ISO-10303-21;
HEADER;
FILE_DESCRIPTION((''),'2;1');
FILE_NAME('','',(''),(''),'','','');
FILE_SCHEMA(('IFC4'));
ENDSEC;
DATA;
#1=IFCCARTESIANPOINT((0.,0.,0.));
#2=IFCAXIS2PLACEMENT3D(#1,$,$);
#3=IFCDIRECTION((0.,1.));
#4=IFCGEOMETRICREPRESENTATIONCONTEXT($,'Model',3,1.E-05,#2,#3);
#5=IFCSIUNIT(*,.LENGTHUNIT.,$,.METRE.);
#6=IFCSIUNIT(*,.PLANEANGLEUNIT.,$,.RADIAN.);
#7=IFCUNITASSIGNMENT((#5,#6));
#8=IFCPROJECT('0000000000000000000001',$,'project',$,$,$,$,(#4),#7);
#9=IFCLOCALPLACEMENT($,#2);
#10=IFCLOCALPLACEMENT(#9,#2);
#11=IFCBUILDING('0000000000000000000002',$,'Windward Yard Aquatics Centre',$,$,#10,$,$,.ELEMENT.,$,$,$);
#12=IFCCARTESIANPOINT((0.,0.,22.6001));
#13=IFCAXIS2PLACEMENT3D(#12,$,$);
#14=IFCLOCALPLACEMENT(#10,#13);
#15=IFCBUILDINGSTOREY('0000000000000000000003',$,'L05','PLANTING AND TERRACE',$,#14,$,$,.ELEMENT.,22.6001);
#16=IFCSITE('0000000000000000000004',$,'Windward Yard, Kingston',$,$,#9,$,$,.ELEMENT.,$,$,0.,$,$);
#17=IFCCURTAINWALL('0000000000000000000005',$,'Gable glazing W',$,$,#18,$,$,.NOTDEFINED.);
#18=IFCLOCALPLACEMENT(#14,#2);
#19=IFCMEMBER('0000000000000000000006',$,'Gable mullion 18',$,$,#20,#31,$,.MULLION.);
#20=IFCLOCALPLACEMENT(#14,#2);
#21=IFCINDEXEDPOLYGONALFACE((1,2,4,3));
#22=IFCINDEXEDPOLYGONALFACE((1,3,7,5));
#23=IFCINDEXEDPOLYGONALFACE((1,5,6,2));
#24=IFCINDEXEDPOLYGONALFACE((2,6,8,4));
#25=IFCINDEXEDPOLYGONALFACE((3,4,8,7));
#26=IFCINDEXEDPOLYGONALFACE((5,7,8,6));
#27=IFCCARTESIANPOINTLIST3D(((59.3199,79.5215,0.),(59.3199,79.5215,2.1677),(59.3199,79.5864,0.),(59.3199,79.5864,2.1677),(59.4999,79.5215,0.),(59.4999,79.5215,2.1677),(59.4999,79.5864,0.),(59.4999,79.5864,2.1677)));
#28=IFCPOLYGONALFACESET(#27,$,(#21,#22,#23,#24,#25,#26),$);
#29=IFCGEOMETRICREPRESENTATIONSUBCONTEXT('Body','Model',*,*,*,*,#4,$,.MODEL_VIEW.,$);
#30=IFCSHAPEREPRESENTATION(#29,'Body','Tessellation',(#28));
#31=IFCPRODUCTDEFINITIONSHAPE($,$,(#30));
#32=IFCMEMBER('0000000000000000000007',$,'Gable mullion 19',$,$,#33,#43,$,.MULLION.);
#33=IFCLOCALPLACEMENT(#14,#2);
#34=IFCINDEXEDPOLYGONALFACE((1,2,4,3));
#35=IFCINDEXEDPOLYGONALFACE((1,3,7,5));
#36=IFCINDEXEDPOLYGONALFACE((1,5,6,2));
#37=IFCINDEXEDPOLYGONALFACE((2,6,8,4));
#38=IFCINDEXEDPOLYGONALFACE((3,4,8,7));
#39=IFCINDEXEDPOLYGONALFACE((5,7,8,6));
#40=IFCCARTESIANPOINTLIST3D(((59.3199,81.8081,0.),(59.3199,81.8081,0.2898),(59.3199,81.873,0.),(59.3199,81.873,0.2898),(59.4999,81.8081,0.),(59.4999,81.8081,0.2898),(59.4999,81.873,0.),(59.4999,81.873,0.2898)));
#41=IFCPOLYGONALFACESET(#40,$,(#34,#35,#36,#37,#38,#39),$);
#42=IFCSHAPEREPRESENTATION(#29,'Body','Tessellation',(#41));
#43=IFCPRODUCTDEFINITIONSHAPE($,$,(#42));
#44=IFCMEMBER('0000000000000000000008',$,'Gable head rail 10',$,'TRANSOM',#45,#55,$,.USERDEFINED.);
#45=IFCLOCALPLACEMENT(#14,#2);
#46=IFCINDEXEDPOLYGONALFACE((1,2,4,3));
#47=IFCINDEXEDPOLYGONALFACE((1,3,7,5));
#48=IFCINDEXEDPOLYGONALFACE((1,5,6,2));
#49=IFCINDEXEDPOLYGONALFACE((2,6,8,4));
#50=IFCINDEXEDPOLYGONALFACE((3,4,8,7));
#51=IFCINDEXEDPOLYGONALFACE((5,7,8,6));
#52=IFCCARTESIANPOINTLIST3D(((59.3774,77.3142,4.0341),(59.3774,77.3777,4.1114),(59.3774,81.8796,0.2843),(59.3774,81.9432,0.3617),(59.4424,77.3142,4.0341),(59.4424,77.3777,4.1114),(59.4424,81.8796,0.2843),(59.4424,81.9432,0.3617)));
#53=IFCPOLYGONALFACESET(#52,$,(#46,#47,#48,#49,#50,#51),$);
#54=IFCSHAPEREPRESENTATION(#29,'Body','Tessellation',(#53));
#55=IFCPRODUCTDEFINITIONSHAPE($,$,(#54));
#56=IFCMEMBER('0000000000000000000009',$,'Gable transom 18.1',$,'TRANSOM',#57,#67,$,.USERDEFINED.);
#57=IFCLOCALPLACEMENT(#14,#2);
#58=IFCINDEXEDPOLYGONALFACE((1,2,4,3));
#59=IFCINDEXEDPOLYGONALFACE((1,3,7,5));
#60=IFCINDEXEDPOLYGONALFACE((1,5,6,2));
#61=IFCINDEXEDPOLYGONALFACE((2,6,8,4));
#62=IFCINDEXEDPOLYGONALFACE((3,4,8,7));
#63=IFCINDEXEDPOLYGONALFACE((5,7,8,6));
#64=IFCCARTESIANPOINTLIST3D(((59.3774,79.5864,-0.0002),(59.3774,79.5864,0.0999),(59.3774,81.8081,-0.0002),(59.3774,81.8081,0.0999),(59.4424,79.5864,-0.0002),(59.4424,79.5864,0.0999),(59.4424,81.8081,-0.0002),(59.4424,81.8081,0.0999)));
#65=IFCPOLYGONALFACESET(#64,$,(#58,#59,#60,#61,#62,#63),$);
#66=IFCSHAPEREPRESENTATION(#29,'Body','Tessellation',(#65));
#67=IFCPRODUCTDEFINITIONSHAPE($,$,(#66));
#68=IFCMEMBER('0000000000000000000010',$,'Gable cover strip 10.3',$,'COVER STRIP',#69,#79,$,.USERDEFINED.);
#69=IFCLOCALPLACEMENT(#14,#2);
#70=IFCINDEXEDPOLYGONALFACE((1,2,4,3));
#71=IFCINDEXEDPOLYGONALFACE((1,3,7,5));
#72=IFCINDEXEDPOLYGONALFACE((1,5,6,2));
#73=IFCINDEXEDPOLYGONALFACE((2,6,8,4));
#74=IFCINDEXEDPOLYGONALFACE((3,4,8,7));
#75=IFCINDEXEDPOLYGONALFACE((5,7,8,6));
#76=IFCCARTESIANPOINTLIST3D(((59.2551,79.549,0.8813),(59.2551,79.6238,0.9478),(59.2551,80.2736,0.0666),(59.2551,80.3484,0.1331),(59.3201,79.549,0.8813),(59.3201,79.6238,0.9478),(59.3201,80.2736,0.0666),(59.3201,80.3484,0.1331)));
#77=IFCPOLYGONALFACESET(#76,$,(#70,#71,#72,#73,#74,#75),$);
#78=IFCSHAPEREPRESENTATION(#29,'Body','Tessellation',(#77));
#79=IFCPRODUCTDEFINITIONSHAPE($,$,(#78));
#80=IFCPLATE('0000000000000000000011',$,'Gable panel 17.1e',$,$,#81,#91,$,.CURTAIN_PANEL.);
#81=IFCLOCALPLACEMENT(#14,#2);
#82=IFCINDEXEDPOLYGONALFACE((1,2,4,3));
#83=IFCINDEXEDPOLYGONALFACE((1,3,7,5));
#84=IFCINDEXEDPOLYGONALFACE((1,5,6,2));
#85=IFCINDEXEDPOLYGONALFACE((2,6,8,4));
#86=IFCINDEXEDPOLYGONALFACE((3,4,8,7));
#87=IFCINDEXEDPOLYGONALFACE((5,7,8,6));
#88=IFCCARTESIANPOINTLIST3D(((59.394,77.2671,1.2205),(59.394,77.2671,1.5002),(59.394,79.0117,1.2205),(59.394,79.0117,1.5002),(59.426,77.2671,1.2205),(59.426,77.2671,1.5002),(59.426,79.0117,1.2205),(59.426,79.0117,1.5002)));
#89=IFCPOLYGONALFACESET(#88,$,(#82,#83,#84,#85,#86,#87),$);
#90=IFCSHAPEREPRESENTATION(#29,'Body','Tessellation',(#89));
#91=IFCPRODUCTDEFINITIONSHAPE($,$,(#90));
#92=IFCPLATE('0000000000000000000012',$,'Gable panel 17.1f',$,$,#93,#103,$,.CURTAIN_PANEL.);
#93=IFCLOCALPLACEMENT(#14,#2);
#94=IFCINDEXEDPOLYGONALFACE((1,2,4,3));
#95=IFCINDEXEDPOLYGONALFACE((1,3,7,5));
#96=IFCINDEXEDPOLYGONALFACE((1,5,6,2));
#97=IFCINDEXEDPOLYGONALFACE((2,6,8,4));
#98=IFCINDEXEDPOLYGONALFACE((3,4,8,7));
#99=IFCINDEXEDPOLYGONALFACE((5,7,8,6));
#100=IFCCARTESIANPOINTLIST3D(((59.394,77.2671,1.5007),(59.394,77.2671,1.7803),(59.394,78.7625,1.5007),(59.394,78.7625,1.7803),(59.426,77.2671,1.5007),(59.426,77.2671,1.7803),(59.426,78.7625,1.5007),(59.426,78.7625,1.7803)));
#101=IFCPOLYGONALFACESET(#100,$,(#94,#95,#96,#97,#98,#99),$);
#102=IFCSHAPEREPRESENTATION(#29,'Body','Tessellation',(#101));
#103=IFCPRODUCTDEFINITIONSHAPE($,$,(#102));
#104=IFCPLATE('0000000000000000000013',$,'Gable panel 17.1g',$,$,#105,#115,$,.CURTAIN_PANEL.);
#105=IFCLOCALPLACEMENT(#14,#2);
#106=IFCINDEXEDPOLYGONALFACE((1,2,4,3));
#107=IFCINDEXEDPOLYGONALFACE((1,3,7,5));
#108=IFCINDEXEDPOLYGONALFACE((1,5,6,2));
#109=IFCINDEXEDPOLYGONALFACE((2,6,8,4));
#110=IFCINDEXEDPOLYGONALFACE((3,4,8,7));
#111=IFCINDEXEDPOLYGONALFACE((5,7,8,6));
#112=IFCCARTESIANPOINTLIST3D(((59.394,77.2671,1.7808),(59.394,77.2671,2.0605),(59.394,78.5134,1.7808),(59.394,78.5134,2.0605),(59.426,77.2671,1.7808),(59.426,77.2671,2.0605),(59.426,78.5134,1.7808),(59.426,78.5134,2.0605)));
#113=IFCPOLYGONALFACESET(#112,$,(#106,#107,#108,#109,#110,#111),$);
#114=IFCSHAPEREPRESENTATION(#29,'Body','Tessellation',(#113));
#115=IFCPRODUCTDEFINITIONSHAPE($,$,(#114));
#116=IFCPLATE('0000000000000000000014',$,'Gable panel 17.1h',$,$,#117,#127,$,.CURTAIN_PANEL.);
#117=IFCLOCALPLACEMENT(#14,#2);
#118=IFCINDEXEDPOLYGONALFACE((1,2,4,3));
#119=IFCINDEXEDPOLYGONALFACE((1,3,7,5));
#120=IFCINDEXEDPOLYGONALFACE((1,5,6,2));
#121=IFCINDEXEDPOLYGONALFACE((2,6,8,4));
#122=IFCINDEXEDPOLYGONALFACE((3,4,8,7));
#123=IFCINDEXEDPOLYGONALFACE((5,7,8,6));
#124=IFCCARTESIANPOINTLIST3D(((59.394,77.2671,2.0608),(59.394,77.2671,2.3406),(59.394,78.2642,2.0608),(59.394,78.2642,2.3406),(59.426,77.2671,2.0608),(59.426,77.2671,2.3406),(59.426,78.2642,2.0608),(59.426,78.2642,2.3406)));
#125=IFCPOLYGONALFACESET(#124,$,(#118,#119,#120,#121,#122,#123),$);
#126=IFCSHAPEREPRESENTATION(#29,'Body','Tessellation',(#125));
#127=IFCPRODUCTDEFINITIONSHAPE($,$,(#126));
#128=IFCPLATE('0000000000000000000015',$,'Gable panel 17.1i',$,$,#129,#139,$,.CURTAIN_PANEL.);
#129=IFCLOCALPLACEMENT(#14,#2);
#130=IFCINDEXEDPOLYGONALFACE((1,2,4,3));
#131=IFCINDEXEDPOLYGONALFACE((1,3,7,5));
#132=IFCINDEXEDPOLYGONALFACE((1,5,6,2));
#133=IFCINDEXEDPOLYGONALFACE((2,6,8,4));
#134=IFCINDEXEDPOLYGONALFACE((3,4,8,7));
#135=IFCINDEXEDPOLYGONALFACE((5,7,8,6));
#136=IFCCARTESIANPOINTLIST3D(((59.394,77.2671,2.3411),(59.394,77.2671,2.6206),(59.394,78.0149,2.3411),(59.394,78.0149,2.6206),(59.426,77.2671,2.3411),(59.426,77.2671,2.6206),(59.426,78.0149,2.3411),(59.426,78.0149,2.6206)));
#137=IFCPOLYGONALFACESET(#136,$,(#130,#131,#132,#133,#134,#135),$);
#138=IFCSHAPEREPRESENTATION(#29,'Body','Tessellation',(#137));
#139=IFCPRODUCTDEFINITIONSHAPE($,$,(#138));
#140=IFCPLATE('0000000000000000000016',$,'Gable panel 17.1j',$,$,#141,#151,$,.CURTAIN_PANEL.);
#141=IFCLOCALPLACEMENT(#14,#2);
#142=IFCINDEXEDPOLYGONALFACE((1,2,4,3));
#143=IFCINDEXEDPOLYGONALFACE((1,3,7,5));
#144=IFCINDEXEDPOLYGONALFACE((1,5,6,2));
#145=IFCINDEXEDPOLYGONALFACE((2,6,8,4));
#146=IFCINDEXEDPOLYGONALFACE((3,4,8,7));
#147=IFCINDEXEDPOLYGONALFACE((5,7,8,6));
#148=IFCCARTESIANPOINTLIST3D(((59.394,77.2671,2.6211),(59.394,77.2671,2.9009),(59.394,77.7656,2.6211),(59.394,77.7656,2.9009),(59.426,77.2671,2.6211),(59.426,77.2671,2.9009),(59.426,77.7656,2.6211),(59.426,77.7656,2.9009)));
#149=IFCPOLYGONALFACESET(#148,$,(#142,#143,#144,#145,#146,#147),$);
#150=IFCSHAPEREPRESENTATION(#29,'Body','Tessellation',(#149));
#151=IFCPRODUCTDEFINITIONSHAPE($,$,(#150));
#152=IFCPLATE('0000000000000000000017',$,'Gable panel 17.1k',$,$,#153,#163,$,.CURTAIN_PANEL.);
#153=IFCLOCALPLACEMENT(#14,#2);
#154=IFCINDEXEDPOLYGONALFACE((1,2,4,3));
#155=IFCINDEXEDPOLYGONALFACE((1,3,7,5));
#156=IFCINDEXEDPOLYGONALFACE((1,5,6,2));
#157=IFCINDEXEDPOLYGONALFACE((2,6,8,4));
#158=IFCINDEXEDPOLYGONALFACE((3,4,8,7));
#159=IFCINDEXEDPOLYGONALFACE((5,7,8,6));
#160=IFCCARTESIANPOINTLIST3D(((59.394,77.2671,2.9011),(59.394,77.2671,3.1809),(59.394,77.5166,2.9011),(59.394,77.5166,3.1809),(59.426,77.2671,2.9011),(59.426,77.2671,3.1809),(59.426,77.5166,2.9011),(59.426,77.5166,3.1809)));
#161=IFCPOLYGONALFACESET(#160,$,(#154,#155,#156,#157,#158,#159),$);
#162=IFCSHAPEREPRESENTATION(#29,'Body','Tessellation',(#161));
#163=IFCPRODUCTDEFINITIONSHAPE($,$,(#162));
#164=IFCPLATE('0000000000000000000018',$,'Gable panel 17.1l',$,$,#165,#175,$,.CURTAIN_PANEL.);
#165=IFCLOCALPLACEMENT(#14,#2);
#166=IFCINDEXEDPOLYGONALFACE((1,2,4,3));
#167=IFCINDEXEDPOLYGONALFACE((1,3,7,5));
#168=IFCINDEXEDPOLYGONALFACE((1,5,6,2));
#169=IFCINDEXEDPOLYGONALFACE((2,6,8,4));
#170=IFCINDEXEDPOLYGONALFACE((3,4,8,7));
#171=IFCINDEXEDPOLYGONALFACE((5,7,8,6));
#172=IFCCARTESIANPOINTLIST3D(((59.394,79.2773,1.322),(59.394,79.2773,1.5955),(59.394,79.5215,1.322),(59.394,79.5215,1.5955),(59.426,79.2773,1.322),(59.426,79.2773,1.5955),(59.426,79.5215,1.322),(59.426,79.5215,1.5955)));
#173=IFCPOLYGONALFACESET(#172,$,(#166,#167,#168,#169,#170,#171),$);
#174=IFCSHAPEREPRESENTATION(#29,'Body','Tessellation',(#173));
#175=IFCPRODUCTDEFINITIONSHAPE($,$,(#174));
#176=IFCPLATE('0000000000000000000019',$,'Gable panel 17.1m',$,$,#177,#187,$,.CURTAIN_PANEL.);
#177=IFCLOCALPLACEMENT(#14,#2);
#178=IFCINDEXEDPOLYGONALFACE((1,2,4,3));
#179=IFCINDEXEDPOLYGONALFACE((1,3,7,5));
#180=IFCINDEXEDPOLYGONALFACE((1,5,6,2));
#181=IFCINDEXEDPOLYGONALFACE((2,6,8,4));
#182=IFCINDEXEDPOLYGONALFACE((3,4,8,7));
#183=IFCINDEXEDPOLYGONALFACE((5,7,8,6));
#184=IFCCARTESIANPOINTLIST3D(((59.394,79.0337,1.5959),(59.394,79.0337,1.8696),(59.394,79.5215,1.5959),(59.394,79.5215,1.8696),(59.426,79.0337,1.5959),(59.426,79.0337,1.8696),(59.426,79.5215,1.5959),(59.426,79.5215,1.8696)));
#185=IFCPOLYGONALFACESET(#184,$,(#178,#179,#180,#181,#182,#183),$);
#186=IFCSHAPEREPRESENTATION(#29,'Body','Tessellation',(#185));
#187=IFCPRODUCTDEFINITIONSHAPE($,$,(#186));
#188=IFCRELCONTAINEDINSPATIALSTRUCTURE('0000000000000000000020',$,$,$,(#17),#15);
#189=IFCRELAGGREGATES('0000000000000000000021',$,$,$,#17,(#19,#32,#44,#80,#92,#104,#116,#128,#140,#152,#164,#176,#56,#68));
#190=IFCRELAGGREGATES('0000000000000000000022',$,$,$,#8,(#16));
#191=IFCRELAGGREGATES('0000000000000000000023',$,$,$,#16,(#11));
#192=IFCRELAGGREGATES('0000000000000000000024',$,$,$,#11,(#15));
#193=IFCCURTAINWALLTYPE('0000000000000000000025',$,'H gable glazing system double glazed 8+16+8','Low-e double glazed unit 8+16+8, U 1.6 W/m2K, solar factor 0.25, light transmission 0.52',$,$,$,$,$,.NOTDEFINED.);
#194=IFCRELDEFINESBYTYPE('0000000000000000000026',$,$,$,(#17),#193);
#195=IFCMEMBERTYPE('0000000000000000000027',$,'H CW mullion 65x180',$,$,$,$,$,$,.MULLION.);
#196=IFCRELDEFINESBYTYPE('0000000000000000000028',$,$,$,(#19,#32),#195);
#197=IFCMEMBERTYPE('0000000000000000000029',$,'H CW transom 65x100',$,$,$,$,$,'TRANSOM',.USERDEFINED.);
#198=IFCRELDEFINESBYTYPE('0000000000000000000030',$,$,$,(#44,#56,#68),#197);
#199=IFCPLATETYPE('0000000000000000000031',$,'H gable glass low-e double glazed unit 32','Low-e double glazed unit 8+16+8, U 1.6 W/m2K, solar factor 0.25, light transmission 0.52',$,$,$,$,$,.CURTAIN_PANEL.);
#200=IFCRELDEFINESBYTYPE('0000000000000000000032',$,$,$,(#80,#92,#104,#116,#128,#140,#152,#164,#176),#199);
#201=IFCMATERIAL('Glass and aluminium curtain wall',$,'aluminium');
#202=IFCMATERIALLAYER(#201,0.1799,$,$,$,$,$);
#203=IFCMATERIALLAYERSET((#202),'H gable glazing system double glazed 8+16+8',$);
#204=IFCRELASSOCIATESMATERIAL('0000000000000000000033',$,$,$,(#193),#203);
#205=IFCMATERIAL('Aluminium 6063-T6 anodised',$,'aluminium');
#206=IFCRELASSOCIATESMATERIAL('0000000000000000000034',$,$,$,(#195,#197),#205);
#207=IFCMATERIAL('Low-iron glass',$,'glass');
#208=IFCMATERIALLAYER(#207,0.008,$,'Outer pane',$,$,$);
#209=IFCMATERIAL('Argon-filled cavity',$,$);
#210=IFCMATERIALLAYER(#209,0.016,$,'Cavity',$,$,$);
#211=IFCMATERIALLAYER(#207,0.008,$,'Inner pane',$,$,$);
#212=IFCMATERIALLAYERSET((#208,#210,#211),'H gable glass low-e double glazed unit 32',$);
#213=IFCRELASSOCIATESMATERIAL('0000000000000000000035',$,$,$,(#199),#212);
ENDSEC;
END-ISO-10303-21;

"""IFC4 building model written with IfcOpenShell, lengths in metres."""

from ifc_helpers import new_model, si_unit, direction, frame, origin, origin_2d, place, context, subcontext, project, spatial, polyline, rectangle, outline, extrude, material, layer, layer_set, material_profile, profile_set, type_object, element, aggregate, save


model = new_model("IFC4")

# Units and contexts
model_context = context("Model", 3, precision=1e-05, world=origin(), true_north=direction((0.0, 1.0)))
body_context = subcontext(model_context, "Body", "Model", "MODEL_VIEW")
ifc_project = project(units=[si_unit("LENGTHUNIT", "METRE"), si_unit("PLANEANGLEUNIT", "RADIAN")], contexts=[model_context])

# Site, building, storey
site_placement = place(None, origin())
site = spatial("IfcSite", under=ifc_project, at=site_placement, Name="Windward Yard, Kingston", CompositionType="ELEMENT", RefElevation=0.0)
building_placement = place(site_placement, origin())
building = spatial("IfcBuilding", under=site, at=building_placement, Name="Windward Yard Aquatics Centre", CompositionType="ELEMENT")
storey_placement = place(building_placement, frame((0.0, 0.0, 22.6001)))
storey = spatial("IfcBuildingStorey", under=building, at=storey_placement, Name="L05", Description="PLANTING AND TERRACE", CompositionType="ELEMENT", Elevation=22.6001)

# Curtain wall, members, plates
ifc_material_1 = material(Name="Glass and aluminium curtain wall", Category="aluminium")
ifc_layer_1 = layer(ifc_material_1, 0.1799)
ifc_layer_set_1 = layer_set([ifc_layer_1], Name="H gable glazing system double glazed 8+16+8")
curtain_wall_type = type_object("IfcCurtainWallType", Name="H gable glazing system double glazed 8+16+8", Description="Low-e double glazed unit 8+16+8, U 1.6 W/m2K, solar factor 0.25, light transmission 0.52", PredefinedType="NOTDEFINED", material=ifc_layer_set_1)
curtain_wall_placement = place(storey_placement, origin())
curtain_wall = element("IfcCurtainWall", 1, at=curtain_wall_placement, inside=storey, type_object=curtain_wall_type, Name="Gable glazing W", PredefinedType="NOTDEFINED")
ifc_material_2 = material(Name="Aluminium 6063-T6 anodised", Category="aluminium")
ifc_material_profile_1 = material_profile(ifc_material_2, rectangle(XDim=0.0649, YDim=0.1799, at=origin_2d()), Name="H CW mullion 65x180")
ifc_profile_set_1 = profile_set([ifc_material_profile_1], Name="Aluminium 6063-T6 anodised")
member_type_1 = type_object("IfcMemberType", Name="H CW mullion 65x180", PredefinedType="MULLION", material=ifc_profile_set_1)
member_1_placement = place(storey_placement, frame((59.4099, 79.554, 0.0), z_axis=(0.0, 0.0, 1.0), x_axis=(0.0, 1.0, 0.0)))
member_1 = element("IfcMember", 2, at=member_1_placement, type_object=member_type_1, Name="Gable mullion 18", PredefinedType="MULLION", context=body_context, shape_type="SweptSolid", body=[
    extrude(rectangle(XDim=0.0649, YDim=0.1799, at=origin_2d()), origin(), (0.0, 0.0, 1.0), 2.1677),
])
member_2_placement = place(storey_placement, frame((59.4099, 81.8406, 0.0), z_axis=(0.0, 0.0, 1.0), x_axis=(0.0, 1.0, 0.0)))
member_2 = element("IfcMember", 3, at=member_2_placement, type_object=member_type_1, Name="Gable mullion 19", PredefinedType="MULLION", context=body_context, shape_type="SweptSolid", body=[
    extrude(rectangle(XDim=0.0649, YDim=0.1799, at=origin_2d()), origin(), (0.0, 0.0, 1.0), 0.2898),
])
ifc_material_profile_2 = material_profile(ifc_material_2, rectangle(XDim=0.0649, YDim=0.1001, at=origin_2d()), Name="H CW transom 65x100")
ifc_profile_set_2 = profile_set([ifc_material_profile_2], Name="Aluminium 6063-T6 anodised")
member_type_2 = type_object("IfcMemberType", Name="H CW transom 65x100", ElementType="TRANSOM", PredefinedType="USERDEFINED", material=ifc_profile_set_2)
member_3_placement = place(storey_placement, frame((59.4099, 77.3459, 4.0728), z_axis=(0.0, 0.772761, -0.634697), x_axis=(-1.0, 0.0, 0.0)))
member_3 = element("IfcMember", 4, at=member_3_placement, type_object=member_type_2, Name="Gable head rail 10", ObjectType="TRANSOM", PredefinedType="USERDEFINED", context=body_context, shape_type="SweptSolid", body=[
    extrude(rectangle(XDim=0.0649, YDim=0.1001, at=origin_2d()), origin(), (0.0, 0.0, 1.0), 5.908),
])
member_4_placement = place(storey_placement, frame((59.4099, 79.5864, 0.0498), z_axis=(0.0, 1.0, 0.0), x_axis=(-1.0, 0.0, 0.0)))
member_4 = element("IfcMember", 5, at=member_4_placement, type_object=member_type_2, Name="Gable transom 18.1", ObjectType="TRANSOM", PredefinedType="USERDEFINED", context=body_context, shape_type="SweptSolid", body=[
    extrude(rectangle(XDim=0.0649, YDim=0.1001, at=origin_2d()), origin(), (0.0, 0.0, 1.0), 2.2217),
])
member_5_placement = place(storey_placement, frame((59.2876, 79.5864, 0.9146), z_axis=(0.0, 0.664586, -0.747212), x_axis=(-1.0, 0.0, 0.0)))
member_5 = element("IfcMember", 6, at=member_5_placement, type_object=member_type_2, Name="Gable cover strip 10.3", ObjectType="COVER STRIP", PredefinedType="USERDEFINED", context=body_context, shape_type="SweptSolid", body=[
    extrude(rectangle(XDim=0.0649, YDim=0.1001, at=origin_2d()), origin(), (0.0, 0.0, 1.0), 1.0903),
])
ifc_material_3 = material(Name="Low-iron glass", Category="glass")
ifc_layer_2 = layer(ifc_material_3, 0.008, Name="Outer pane")
ifc_material_4 = material(Name="Argon-filled cavity")
ifc_layer_3 = layer(ifc_material_4, 0.016, Name="Cavity")
ifc_layer_4 = layer(ifc_material_3, 0.008, Name="Inner pane")
ifc_layer_set_2 = layer_set([ifc_layer_2, ifc_layer_3, ifc_layer_4], Name="H gable glass low-e double glazed unit 32")
plate_type = type_object("IfcPlateType", Name="H gable glass low-e double glazed unit 32", Description="Low-e double glazed unit 8+16+8, U 1.6 W/m2K, solar factor 0.25, light transmission 0.52", PredefinedType="CURTAIN_PANEL", material=ifc_layer_set_2)
plate_1_placement = place(storey_placement, frame((59.426, 77.2671, 1.2205), z_axis=(1.0, 0.0, 0.0), x_axis=(0.0, 1.0, 0.0)))
plate_1 = element("IfcPlate", 7, at=plate_1_placement, type_object=plate_type, Name="Gable panel 17.1e", PredefinedType="CURTAIN_PANEL", context=body_context, shape_type="SweptSolid", body=[
    extrude(outline(polyline([(0.0, 0.0), (1.7446, 0.0), (1.7446, 0.2798), (0.0, 0.2798), (0.0, 0.0)])), origin(), (0.0, 0.0, -1.0), 0.032),
])
plate_2_placement = place(storey_placement, frame((59.426, 77.2671, 1.5007), z_axis=(1.0, 0.0, 0.0), x_axis=(0.0, 1.0, 0.0)))
plate_2 = element("IfcPlate", 8, at=plate_2_placement, type_object=plate_type, Name="Gable panel 17.1f", PredefinedType="CURTAIN_PANEL", context=body_context, shape_type="SweptSolid", body=[
    extrude(outline(polyline([(0.0, 0.0), (1.4954, 0.0), (1.4954, 0.2795), (0.0, 0.2795), (0.0, 0.0)])), origin(), (0.0, 0.0, -1.0), 0.032),
])
plate_3_placement = place(storey_placement, frame((59.426, 77.2671, 1.7808), z_axis=(1.0, 0.0, 0.0), x_axis=(0.0, 1.0, 0.0)))
plate_3 = element("IfcPlate", 9, at=plate_3_placement, type_object=plate_type, Name="Gable panel 17.1g", PredefinedType="CURTAIN_PANEL", context=body_context, shape_type="SweptSolid", body=[
    extrude(outline(polyline([(0.0, 0.0), (1.2463, 0.0), (1.2463, 0.2798), (0.0, 0.2798), (0.0, 0.0)])), origin(), (0.0, 0.0, -1.0), 0.032),
])
plate_4_placement = place(storey_placement, frame((59.426, 77.2671, 2.0608), z_axis=(1.0, 0.0, 0.0), x_axis=(0.0, 1.0, 0.0)))
plate_4 = element("IfcPlate", 10, at=plate_4_placement, type_object=plate_type, Name="Gable panel 17.1h", PredefinedType="CURTAIN_PANEL", context=body_context, shape_type="SweptSolid", body=[
    extrude(outline(polyline([(0.0, 0.0), (0.9971, 0.0), (0.9971, 0.2798), (0.0, 0.2798), (0.0, 0.0)])), origin(), (0.0, 0.0, -1.0), 0.032),
])
plate_5_placement = place(storey_placement, frame((59.426, 77.2671, 2.3411), z_axis=(1.0, 0.0, 0.0), x_axis=(0.0, 1.0, 0.0)))
plate_5 = element("IfcPlate", 11, at=plate_5_placement, type_object=plate_type, Name="Gable panel 17.1i", PredefinedType="CURTAIN_PANEL", context=body_context, shape_type="SweptSolid", body=[
    extrude(outline(polyline([(0.0, 0.0), (0.7478, 0.0), (0.7478, 0.2795), (0.0, 0.2795), (0.0, 0.0)])), origin(), (0.0, 0.0, -1.0), 0.032),
])
plate_6_placement = place(storey_placement, frame((59.426, 77.2671, 2.6211), z_axis=(1.0, 0.0, 0.0), x_axis=(0.0, 1.0, 0.0)))
plate_6 = element("IfcPlate", 12, at=plate_6_placement, type_object=plate_type, Name="Gable panel 17.1j", PredefinedType="CURTAIN_PANEL", context=body_context, shape_type="SweptSolid", body=[
    extrude(outline(polyline([(0.0, 0.0), (0.4985, 0.0), (0.4985, 0.2798), (0.0, 0.2798), (0.0, 0.0)])), origin(), (0.0, 0.0, -1.0), 0.032),
])
plate_7_placement = place(storey_placement, frame((59.426, 77.2671, 2.9011), z_axis=(1.0, 0.0, 0.0), x_axis=(0.0, 1.0, 0.0)))
plate_7 = element("IfcPlate", 13, at=plate_7_placement, type_object=plate_type, Name="Gable panel 17.1k", PredefinedType="CURTAIN_PANEL", context=body_context, shape_type="SweptSolid", body=[
    extrude(outline(polyline([(0.0, 0.0), (0.2495, 0.0), (0.2495, 0.2798), (0.0, 0.2798), (0.0, 0.0)])), origin(), (0.0, 0.0, -1.0), 0.032),
])
plate_8_placement = place(storey_placement, frame((59.426, 79.2773, 1.322), z_axis=(1.0, 0.0, 0.0), x_axis=(0.0, 1.0, 0.0)))
plate_8 = element("IfcPlate", 14, at=plate_8_placement, type_object=plate_type, Name="Gable panel 17.1l", PredefinedType="CURTAIN_PANEL", context=body_context, shape_type="SweptSolid", body=[
    extrude(outline(polyline([(0.0, 0.0), (0.2441, 0.0), (0.2441, 0.2734), (0.0, 0.2734), (0.0, 0.0)])), origin(), (0.0, 0.0, -1.0), 0.032),
])
plate_9_placement = place(storey_placement, frame((59.426, 79.0337, 1.5959), z_axis=(1.0, 0.0, 0.0), x_axis=(0.0, 1.0, 0.0)))
plate_9 = element("IfcPlate", 15, at=plate_9_placement, type_object=plate_type, Name="Gable panel 17.1m", PredefinedType="CURTAIN_PANEL", context=body_context, shape_type="SweptSolid", body=[
    extrude(outline(polyline([(0.0, 0.0), (0.4878, 0.0), (0.4878, 0.2737), (0.0, 0.2737), (0.0, 0.0)])), origin(), (0.0, 0.0, -1.0), 0.032),
])

aggregate(curtain_wall, [member_1, member_2, member_3, plate_1, plate_2, plate_3, plate_4, plate_5, plate_6, plate_7, plate_8, plate_9, member_4, member_5])

save(model, "model.ifc")
